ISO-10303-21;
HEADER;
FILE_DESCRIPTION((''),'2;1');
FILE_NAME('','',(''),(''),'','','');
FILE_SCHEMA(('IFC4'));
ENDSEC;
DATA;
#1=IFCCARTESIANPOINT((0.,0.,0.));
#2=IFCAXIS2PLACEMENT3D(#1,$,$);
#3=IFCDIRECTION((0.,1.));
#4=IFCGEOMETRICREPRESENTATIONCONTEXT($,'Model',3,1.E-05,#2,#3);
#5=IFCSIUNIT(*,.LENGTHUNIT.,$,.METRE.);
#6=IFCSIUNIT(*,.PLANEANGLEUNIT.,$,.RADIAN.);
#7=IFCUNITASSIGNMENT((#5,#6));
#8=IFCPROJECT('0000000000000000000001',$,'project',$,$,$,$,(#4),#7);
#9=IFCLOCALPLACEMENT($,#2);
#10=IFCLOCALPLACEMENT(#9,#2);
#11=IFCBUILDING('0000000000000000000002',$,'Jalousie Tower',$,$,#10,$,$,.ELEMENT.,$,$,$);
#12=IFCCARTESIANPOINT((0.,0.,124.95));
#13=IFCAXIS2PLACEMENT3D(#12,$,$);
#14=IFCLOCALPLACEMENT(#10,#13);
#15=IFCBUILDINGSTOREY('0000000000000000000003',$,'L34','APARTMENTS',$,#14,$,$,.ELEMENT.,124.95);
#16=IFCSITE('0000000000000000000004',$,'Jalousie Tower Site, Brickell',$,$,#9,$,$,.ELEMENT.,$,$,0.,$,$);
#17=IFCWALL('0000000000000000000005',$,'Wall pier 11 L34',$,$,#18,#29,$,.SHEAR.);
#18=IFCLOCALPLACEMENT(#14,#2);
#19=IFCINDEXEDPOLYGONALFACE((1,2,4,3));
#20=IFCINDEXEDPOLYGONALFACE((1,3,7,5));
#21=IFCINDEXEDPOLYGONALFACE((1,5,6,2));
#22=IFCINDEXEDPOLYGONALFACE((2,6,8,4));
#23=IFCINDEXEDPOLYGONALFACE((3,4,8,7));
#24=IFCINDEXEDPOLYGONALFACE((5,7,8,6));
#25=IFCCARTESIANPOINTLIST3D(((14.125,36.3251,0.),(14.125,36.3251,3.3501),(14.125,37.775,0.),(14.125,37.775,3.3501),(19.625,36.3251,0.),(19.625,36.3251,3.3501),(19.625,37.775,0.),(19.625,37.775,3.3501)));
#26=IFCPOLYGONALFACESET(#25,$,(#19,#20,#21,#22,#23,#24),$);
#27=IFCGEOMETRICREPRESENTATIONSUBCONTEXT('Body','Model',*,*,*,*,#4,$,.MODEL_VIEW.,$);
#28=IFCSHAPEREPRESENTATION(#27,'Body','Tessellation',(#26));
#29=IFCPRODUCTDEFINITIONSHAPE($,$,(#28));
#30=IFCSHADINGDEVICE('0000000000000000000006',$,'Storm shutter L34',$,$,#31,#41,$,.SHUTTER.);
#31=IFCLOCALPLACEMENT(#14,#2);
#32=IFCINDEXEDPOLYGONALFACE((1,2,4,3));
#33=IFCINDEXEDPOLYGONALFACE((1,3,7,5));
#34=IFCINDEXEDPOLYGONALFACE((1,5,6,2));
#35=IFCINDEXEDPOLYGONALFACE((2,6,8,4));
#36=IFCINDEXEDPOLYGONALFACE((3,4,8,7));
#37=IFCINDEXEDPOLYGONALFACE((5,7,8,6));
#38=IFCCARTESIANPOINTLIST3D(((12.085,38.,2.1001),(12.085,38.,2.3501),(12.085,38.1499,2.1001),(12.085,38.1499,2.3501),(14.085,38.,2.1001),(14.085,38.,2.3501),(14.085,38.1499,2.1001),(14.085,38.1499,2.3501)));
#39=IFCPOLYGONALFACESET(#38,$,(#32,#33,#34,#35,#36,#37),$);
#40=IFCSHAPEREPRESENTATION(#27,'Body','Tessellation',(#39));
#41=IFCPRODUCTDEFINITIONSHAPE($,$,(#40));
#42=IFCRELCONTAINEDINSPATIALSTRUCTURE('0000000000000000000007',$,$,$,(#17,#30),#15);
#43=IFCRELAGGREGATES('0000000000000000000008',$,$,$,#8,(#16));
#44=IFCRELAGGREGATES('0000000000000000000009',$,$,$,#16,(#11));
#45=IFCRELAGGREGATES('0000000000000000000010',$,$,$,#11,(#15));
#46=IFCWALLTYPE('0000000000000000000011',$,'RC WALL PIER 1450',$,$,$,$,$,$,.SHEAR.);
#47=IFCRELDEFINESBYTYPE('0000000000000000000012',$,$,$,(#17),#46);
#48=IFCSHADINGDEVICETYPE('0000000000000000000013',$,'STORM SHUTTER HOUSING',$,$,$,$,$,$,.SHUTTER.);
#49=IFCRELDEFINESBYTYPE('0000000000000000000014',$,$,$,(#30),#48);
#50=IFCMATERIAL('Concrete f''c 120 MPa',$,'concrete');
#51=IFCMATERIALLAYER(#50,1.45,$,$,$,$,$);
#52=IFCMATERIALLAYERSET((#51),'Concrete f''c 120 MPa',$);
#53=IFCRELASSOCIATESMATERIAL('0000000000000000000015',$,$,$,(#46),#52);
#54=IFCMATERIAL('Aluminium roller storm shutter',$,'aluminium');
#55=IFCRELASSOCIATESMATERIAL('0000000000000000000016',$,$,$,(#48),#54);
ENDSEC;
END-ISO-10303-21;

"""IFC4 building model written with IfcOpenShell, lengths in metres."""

from ifc_helpers import new_model, si_unit, direction, frame, frame_2d, origin, origin_2d, place, context, subcontext, project, spatial, rectangle, extrude, material, layer, layer_set, type_object, element, save


model = new_model("IFC4")

# Units and contexts
model_context = context("Model", 3, precision=1e-05, world=origin(), true_north=direction((0.0, 1.0)))
body_context = subcontext(model_context, "Body", "Model", "MODEL_VIEW")
ifc_project = project(units=[si_unit("LENGTHUNIT", "METRE"), si_unit("PLANEANGLEUNIT", "RADIAN")], contexts=[model_context])

# Site, building, storey
site_placement = place(None, origin())
site = spatial("IfcSite", under=ifc_project, at=site_placement, Name="Jalousie Tower Site, Brickell", CompositionType="ELEMENT", RefElevation=0.0)
building_placement = place(site_placement, origin())
building = spatial("IfcBuilding", under=site, at=building_placement, Name="Jalousie Tower", CompositionType="ELEMENT")
storey_placement = place(building_placement, frame((0.0, 0.0, 124.95)))
storey = spatial("IfcBuildingStorey", under=building, at=storey_placement, Name="L34", Description="APARTMENTS", CompositionType="ELEMENT", Elevation=124.95)

# Wall
ifc_material_1 = material(Name="Concrete f'c 120 MPa", Category="concrete")
ifc_layer_1 = layer(ifc_material_1, 1.45)
ifc_layer_set_1 = layer_set([ifc_layer_1], Name="Concrete f'c 120 MPa")
wall_type_1 = type_object("IfcWallType", Name="RC WALL PIER 1450", PredefinedType="SHEAR", material=ifc_layer_set_1)
wall_1_placement = place(storey_placement, frame((14.125, 37.05, 0.0), z_axis=(0.0, 0.0, 1.0), x_axis=(1.0, 0.0, 0.0)))
element("IfcWall", 1, at=wall_1_placement, inside=storey, type_object=wall_type_1, Name="Wall pier 11 L34", PredefinedType="SHEAR", context=body_context, shape_type="SweptSolid", body=[
    extrude(rectangle(XDim=5.5, YDim=1.45, at=frame_2d((2.75, 0.0))), origin(), (0.0, 0.0, 1.0), 3.3501),
])

# Shading device
ifc_material_2 = material(Name="Aluminium roller storm shutter", Category="aluminium")
shading_device_type = type_object("IfcShadingDeviceType", Name="STORM SHUTTER HOUSING", PredefinedType="SHUTTER", material=ifc_material_2)
shading_device_placement = place(storey_placement, frame((13.085, 38.075, 2.1001), z_axis=(0.0, 0.0, 1.0), x_axis=(-1.0, 0.0, 0.0)))
element("IfcShadingDevice", 2, at=shading_device_placement, inside=storey, type_object=shading_device_type, Name="Storm shutter L34", PredefinedType="SHUTTER", context=body_context, shape_type="SweptSolid", body=[
    extrude(rectangle(XDim=2.0, YDim=0.1499, at=origin_2d()), origin(), (0.0, 0.0, 1.0), 0.25),
])

save(model, "model.ifc")
